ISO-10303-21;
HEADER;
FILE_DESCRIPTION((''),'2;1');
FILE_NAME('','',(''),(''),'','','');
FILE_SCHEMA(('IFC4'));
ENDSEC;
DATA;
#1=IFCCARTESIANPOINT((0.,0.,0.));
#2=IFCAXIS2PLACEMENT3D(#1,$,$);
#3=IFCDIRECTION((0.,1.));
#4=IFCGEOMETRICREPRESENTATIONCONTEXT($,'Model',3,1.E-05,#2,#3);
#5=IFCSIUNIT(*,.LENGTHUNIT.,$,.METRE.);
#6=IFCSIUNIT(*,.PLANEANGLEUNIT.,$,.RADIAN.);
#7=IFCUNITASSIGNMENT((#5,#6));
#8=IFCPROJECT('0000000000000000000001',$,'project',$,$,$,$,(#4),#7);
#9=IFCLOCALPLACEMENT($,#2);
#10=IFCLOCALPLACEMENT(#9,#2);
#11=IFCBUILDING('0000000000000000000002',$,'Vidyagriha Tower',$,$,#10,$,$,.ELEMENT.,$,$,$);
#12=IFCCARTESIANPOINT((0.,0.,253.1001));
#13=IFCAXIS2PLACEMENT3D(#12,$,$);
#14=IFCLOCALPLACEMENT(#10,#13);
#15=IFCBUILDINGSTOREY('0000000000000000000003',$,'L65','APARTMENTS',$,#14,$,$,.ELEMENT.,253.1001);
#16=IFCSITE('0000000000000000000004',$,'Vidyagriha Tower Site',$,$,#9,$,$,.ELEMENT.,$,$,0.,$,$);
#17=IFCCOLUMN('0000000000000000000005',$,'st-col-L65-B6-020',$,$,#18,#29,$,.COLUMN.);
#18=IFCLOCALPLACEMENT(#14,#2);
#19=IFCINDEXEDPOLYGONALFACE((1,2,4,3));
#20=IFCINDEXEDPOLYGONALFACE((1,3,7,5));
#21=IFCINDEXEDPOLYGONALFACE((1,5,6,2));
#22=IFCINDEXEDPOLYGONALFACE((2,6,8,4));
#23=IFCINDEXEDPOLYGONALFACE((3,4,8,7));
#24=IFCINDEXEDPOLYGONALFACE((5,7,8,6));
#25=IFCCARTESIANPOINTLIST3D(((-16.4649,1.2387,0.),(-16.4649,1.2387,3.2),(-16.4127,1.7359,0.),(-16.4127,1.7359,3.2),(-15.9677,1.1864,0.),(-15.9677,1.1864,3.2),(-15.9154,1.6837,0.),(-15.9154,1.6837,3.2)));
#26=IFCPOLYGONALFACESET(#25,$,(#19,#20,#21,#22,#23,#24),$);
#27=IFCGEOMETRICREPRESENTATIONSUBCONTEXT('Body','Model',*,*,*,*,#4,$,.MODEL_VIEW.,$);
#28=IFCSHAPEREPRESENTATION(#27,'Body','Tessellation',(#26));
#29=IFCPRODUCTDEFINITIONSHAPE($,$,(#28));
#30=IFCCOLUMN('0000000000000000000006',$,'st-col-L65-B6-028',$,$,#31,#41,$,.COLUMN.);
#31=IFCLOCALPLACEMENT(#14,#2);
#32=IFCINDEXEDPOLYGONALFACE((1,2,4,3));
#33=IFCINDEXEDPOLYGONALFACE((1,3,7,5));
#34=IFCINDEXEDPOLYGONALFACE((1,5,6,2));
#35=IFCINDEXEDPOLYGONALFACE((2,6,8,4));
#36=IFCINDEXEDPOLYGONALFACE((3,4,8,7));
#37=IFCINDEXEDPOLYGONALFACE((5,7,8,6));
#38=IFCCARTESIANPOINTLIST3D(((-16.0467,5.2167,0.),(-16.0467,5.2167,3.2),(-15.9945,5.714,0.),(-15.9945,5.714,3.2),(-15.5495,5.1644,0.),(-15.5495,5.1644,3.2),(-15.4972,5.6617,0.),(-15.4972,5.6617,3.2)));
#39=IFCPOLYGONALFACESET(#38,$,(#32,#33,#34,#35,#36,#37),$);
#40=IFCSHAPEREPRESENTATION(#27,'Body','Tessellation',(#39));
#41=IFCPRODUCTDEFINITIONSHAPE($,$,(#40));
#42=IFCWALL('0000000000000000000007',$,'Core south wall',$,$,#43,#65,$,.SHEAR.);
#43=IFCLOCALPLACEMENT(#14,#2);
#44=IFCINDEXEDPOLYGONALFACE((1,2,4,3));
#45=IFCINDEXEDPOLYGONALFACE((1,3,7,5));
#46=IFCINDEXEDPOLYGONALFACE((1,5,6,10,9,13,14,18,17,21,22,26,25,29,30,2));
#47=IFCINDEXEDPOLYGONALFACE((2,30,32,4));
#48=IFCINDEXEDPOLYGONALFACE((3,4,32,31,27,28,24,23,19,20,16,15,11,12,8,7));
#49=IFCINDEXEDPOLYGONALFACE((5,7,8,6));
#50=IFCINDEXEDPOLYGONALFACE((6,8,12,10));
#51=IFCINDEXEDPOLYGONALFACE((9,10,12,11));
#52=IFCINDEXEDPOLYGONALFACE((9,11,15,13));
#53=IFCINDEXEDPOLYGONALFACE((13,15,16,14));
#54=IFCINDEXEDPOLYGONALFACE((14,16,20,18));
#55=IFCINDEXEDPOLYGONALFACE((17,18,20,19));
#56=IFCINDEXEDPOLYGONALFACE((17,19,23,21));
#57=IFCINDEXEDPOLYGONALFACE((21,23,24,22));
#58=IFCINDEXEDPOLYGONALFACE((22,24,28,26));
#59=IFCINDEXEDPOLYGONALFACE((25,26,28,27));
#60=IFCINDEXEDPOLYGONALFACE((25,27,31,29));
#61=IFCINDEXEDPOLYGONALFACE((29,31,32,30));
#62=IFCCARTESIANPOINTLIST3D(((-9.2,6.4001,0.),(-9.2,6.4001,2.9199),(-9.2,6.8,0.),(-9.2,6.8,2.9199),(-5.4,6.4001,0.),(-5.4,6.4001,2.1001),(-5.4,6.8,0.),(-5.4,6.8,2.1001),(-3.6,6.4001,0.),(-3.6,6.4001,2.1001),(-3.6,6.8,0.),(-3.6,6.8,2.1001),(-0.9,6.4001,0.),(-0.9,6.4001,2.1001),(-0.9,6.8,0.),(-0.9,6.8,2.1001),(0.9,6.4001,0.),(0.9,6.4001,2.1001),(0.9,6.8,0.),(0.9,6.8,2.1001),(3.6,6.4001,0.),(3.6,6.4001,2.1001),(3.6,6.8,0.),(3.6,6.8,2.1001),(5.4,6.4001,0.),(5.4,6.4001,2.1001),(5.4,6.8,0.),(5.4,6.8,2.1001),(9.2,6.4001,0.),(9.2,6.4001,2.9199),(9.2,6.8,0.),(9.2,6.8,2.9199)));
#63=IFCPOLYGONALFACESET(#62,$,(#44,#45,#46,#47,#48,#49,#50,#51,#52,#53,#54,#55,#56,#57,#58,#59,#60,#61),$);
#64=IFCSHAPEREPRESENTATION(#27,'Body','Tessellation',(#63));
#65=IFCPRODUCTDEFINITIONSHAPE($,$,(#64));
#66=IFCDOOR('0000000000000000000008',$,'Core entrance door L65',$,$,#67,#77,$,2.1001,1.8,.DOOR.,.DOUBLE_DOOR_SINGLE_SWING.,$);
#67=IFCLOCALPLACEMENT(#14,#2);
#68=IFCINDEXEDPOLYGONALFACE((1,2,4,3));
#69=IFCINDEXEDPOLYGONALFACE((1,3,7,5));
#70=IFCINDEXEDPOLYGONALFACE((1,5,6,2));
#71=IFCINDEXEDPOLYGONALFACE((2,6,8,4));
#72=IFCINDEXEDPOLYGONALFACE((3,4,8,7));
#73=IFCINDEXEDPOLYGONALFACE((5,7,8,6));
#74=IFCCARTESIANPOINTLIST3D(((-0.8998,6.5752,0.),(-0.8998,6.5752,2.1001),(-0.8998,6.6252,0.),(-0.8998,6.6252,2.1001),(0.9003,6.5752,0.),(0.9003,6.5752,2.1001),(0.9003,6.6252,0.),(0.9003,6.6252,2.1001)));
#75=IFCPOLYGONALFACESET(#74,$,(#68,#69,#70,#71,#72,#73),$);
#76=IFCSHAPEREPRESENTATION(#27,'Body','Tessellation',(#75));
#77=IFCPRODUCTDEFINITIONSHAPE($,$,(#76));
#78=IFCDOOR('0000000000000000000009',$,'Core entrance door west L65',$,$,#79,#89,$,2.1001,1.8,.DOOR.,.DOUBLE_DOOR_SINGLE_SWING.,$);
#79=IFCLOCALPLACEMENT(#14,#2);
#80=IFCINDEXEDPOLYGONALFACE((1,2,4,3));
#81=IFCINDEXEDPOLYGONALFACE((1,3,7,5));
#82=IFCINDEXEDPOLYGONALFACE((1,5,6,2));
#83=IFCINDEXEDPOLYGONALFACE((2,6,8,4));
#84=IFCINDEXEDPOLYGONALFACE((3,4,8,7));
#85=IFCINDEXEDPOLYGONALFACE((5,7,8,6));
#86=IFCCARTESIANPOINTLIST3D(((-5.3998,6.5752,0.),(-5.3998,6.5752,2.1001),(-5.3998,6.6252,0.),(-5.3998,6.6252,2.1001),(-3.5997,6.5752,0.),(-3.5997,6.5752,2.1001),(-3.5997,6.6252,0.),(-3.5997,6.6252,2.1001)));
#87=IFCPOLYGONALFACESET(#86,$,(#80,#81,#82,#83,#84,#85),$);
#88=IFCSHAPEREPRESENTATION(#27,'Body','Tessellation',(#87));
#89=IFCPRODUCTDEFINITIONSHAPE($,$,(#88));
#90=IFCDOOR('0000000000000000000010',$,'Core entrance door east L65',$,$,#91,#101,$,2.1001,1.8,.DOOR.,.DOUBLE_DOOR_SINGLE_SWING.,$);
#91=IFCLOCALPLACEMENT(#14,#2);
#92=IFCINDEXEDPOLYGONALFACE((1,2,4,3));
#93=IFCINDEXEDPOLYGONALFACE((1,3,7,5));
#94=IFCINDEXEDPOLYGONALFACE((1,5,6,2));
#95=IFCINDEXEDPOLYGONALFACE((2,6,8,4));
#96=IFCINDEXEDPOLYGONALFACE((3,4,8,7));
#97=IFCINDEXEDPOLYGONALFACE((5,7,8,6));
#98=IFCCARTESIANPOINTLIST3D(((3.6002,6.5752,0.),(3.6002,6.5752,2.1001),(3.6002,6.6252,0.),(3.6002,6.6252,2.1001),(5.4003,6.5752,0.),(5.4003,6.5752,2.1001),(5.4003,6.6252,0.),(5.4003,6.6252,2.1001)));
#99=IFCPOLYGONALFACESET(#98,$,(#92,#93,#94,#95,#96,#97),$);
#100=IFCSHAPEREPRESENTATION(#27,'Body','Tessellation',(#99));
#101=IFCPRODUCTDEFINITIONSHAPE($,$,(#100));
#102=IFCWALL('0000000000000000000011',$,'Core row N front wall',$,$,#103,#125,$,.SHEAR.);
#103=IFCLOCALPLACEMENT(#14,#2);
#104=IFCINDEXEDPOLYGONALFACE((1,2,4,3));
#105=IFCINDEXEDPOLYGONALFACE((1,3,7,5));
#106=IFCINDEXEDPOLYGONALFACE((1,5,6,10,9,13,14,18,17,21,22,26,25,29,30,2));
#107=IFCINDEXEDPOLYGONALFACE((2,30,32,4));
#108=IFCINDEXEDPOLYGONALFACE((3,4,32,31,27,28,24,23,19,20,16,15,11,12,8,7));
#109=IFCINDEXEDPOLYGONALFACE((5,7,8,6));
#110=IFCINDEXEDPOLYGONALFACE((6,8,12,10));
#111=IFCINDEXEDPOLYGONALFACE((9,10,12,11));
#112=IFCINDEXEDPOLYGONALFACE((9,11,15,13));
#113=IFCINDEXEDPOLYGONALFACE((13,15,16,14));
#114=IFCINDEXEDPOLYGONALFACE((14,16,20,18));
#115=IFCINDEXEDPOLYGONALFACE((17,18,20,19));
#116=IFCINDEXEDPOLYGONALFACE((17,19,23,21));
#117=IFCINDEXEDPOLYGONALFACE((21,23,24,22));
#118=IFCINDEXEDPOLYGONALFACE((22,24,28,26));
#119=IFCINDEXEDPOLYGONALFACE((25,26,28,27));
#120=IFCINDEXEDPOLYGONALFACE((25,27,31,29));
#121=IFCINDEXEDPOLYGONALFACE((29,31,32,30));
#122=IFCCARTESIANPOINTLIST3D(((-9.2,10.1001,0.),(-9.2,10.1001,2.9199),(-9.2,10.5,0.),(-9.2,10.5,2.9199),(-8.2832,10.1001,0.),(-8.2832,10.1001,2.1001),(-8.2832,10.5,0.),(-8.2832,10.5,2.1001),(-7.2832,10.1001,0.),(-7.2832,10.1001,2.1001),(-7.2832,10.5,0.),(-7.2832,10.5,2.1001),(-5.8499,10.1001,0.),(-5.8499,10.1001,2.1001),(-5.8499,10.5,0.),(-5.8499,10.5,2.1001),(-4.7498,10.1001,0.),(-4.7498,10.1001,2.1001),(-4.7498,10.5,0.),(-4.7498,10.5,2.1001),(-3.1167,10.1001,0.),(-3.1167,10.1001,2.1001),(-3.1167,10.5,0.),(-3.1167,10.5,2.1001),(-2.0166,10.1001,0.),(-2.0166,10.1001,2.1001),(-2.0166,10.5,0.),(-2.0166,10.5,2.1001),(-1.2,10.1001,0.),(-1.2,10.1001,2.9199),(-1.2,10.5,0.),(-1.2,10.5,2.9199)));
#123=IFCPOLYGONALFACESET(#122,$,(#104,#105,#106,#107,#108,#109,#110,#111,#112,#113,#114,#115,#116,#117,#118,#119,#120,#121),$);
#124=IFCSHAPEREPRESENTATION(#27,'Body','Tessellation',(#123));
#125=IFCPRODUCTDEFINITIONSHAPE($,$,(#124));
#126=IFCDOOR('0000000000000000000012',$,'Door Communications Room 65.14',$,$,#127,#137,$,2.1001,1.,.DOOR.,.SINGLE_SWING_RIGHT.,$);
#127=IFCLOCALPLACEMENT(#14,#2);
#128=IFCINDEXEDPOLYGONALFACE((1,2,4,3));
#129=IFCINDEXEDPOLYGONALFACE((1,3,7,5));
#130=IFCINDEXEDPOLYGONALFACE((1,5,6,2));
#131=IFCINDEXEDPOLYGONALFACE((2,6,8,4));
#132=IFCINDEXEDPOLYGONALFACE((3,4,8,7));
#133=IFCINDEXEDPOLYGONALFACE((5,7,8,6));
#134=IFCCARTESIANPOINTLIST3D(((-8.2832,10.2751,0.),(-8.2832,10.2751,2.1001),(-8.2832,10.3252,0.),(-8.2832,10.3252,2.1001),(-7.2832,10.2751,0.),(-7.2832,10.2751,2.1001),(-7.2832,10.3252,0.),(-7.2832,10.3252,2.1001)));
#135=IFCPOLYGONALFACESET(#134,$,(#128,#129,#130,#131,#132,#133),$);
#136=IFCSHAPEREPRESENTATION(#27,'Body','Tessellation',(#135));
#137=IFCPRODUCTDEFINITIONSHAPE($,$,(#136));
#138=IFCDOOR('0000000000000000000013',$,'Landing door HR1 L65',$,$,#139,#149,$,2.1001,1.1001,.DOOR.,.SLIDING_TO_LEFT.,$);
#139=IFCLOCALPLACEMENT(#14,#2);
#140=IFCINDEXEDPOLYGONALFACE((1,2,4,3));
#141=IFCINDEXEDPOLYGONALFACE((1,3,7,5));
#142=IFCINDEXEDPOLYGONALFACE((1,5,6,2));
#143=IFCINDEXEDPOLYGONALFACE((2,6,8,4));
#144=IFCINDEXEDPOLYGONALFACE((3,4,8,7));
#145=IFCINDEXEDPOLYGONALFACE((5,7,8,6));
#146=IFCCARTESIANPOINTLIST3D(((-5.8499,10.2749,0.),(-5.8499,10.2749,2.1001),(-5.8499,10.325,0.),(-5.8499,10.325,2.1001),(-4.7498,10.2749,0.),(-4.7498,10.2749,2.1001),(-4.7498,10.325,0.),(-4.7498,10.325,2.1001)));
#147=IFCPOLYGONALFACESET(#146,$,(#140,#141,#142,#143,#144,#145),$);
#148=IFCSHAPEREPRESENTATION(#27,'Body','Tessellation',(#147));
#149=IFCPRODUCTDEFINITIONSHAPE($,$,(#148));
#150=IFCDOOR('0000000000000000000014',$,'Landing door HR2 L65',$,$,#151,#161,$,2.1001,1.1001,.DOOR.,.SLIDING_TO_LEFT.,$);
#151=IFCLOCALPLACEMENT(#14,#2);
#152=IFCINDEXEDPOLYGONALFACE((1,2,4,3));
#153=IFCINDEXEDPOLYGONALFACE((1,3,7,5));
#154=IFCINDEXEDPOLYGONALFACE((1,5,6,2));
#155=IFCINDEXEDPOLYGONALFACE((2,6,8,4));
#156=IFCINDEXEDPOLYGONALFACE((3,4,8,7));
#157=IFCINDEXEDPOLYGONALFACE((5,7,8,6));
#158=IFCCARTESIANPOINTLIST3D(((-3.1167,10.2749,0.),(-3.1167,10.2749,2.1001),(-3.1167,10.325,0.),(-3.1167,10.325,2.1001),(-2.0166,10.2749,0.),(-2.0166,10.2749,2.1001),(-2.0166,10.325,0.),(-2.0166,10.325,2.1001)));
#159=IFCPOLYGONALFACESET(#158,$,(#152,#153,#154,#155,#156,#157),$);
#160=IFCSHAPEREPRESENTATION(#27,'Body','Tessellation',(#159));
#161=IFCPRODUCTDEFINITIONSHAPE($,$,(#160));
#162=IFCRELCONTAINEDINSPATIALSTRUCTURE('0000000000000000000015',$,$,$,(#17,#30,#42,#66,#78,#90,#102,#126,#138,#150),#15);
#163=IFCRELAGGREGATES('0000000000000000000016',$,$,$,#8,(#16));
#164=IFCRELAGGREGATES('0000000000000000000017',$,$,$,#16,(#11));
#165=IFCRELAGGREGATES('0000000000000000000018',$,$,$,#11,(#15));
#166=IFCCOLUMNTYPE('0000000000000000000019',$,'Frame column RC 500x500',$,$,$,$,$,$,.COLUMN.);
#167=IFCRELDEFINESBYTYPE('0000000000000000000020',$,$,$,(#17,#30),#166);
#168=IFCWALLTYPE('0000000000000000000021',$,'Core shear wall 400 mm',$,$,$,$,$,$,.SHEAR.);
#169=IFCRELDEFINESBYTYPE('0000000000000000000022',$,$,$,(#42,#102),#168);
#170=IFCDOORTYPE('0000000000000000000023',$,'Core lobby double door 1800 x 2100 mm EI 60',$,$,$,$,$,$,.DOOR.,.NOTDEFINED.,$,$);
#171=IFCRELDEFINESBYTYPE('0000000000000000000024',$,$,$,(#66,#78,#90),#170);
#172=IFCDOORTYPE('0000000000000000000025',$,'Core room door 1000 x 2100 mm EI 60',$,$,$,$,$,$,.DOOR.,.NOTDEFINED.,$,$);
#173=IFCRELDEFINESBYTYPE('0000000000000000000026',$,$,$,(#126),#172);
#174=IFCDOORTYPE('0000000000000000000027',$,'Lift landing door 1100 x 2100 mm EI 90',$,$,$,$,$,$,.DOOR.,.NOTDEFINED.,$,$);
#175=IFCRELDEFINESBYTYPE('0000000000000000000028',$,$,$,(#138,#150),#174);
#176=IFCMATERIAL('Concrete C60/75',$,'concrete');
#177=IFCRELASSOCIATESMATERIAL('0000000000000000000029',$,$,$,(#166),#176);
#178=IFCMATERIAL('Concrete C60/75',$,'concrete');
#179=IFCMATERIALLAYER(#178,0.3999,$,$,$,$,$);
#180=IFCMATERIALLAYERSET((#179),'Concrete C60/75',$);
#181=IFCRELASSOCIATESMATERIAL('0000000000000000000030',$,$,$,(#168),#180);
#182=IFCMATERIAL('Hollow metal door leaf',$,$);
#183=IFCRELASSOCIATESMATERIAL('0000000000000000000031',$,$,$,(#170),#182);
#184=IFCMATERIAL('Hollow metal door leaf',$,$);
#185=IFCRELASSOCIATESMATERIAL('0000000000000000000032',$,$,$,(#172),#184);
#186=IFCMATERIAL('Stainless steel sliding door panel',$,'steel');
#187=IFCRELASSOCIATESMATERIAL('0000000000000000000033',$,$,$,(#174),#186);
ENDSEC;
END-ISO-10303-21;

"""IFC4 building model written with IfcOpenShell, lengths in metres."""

from ifc_helpers import new_model, si_unit, direction, frame, frame_2d, origin, origin_2d, place, context, subcontext, project, spatial, rectangle, extrude, material, layer, layer_set, material_profile, profile_set, type_object, element, fill, save


model = new_model("IFC4")

# Units and contexts
model_context = context("Model", 3, precision=1e-05, world=origin(), true_north=direction((0.0, 1.0)))
body_context = subcontext(model_context, "Body", "Model", "MODEL_VIEW")
ifc_project = project(units=[si_unit("LENGTHUNIT", "METRE"), si_unit("PLANEANGLEUNIT", "RADIAN")], contexts=[model_context])

# Site, building, storey
site_placement = place(None, origin())
site = spatial("IfcSite", under=ifc_project, at=site_placement, Name="Vidyagriha Tower Site", CompositionType="ELEMENT", RefElevation=0.0)
building_placement = place(site_placement, origin())
building = spatial("IfcBuilding", under=site, at=building_placement, Name="Vidyagriha Tower", CompositionType="ELEMENT")
storey_placement = place(building_placement, frame((0.0, 0.0, 253.1001)))
storey = spatial("IfcBuildingStorey", under=building, at=storey_placement, Name="L65", Description="APARTMENTS", CompositionType="ELEMENT", Elevation=253.1001)

# Columns
ifc_material_1 = material(Name="Concrete C60/75", Category="concrete")
ifc_material_profile = material_profile(ifc_material_1, rectangle(XDim=0.5, YDim=0.5, at=origin_2d()), Name="RC 500x500")
ifc_profile_set = profile_set([ifc_material_profile], Name="Concrete C60/75")
column_type = type_object("IfcColumnType", Name="Frame column RC 500x500", PredefinedType="COLUMN", material=ifc_profile_set)
for number, where, z_axis, x_axis, name in (
    (1, (-16.1902, 1.4612, 0.0), (0.0, 0.0, 1.0), (0.994522, -0.104528, 0.0), "st-col-L65-B6-020"),
    (2, (-15.772, 5.4392, 0.0), (0.0, 0.0, 1.0), (0.994522, -0.104528, 0.0), "st-col-L65-B6-028"),
):
    element("IfcColumn", number, at=place(storey_placement, frame(where, z_axis=z_axis, x_axis=x_axis)), inside=storey, type_object=column_type, Name=name, PredefinedType="COLUMN", context=body_context, shape_type="SweptSolid", body=[
        extrude(rectangle(XDim=0.5, YDim=0.5, at=origin_2d()), origin(), (0.0, 0.0, 1.0), 3.2),
    ])

# Walls, openings, doors
ifc_material_2 = material(Name="Concrete C60/75", Category="concrete")
ifc_layer_1 = layer(ifc_material_2, 0.3999)
ifc_layer_set_1 = layer_set([ifc_layer_1], Name="Concrete C60/75")
wall_type_1 = type_object("IfcWallType", Name="Core shear wall 400 mm", PredefinedType="SHEAR", material=ifc_layer_set_1)
wall_1_placement = place(storey_placement, frame((-9.2, 6.6001, 0.0)))
wall_1 = element("IfcWall", 3, at=wall_1_placement, inside=storey, type_object=wall_type_1, Name="Core south wall", PredefinedType="SHEAR", context=body_context, shape_type="SweptSolid", body=[
    extrude(rectangle(XDim=18.3999, YDim=0.3999, at=frame_2d((9.2, 0.0))), origin(), (0.0, 0.0, 1.0), 2.9199),
])
opening_1_placement = place(wall_1_placement, frame((8.3, 0.0, 0.0)))
opening_1 = element("IfcOpeningElement", 4, at=opening_1_placement, cuts=wall_1, PredefinedType="OPENING", context=body_context, shape_type="SweptSolid", body=[
    extrude(rectangle(XDim=1.8, YDim=2.1001, at=frame_2d((0.8999, 1.05))), frame((0.0, 0.21, 0.0), z_axis=(0.0, -1.0, 0.0), x_axis=(1.0, 0.0, 0.0)), (0.0, 0.0, 1.0), 0.4199),
])
opening_2_placement = place(wall_1_placement, frame((3.8, 0.0, 0.0)))
opening_2 = element("IfcOpeningElement", 5, at=opening_2_placement, cuts=wall_1, PredefinedType="OPENING", context=body_context, shape_type="SweptSolid", body=[
    extrude(rectangle(XDim=1.8, YDim=2.1001, at=frame_2d((0.8999, 1.05))), frame((0.0, 0.21, 0.0), z_axis=(0.0, -1.0, 0.0), x_axis=(1.0, 0.0, 0.0)), (0.0, 0.0, 1.0), 0.4199),
])
opening_3_placement = place(wall_1_placement, frame((12.8, 0.0, 0.0)))
opening_3 = element("IfcOpeningElement", 6, at=opening_3_placement, cuts=wall_1, PredefinedType="OPENING", context=body_context, shape_type="SweptSolid", body=[
    extrude(rectangle(XDim=1.8, YDim=2.1001, at=frame_2d((0.8999, 1.05))), frame((0.0, 0.21, 0.0), z_axis=(0.0, -1.0, 0.0), x_axis=(1.0, 0.0, 0.0)), (0.0, 0.0, 1.0), 0.4199),
])
ifc_material_3 = material(Name="Hollow metal door leaf")
door_type_1 = type_object("IfcDoorType", Name="Core lobby double door 1800 x 2100 mm EI 60", OperationType="NOTDEFINED", PredefinedType="DOOR", material=ifc_material_3)
door_1_placement = place(opening_1_placement, frame((1.8, 0.0, 0.0), z_axis=(0.0, 0.0, 1.0), x_axis=(-1.0, 0.0, 0.0)))
door_1 = element("IfcDoor", 7, at=door_1_placement, inside=storey, type_object=door_type_1, Name="Core entrance door L65", OperationType="DOUBLE_DOOR_SINGLE_SWING", OverallHeight=2.1001, OverallWidth=1.8, PredefinedType="DOOR", context=body_context, shape_type="SweptSolid", body=[
    extrude(rectangle(XDim=1.8, YDim=2.1001, at=frame_2d((0.8999, 1.05))), frame((0.0, 0.0249, 0.0), z_axis=(0.0, -1.0, 0.0), x_axis=(1.0, 0.0, 0.0)), (0.0, 0.0, 1.0), 0.05),
])
fill(opening_1, door_1)
door_2_placement = place(opening_2_placement, frame((1.8, 0.0, 0.0), z_axis=(0.0, 0.0, 1.0), x_axis=(-1.0, 0.0, 0.0)))
door_2 = element("IfcDoor", 8, at=door_2_placement, inside=storey, type_object=door_type_1, Name="Core entrance door west L65", OperationType="DOUBLE_DOOR_SINGLE_SWING", OverallHeight=2.1001, OverallWidth=1.8, PredefinedType="DOOR", context=body_context, shape_type="SweptSolid", body=[
    extrude(rectangle(XDim=1.8, YDim=2.1001, at=frame_2d((0.8999, 1.05))), frame((0.0, 0.0249, 0.0), z_axis=(0.0, -1.0, 0.0), x_axis=(1.0, 0.0, 0.0)), (0.0, 0.0, 1.0), 0.05),
])
fill(opening_2, door_2)
door_3_placement = place(opening_3_placement, frame((1.8, 0.0, 0.0), z_axis=(0.0, 0.0, 1.0), x_axis=(-1.0, 0.0, 0.0)))
door_3 = element("IfcDoor", 9, at=door_3_placement, inside=storey, type_object=door_type_1, Name="Core entrance door east L65", OperationType="DOUBLE_DOOR_SINGLE_SWING", OverallHeight=2.1001, OverallWidth=1.8, PredefinedType="DOOR", context=body_context, shape_type="SweptSolid", body=[
    extrude(rectangle(XDim=1.8, YDim=2.1001, at=frame_2d((0.8999, 1.05))), frame((0.0, 0.0249, 0.0), z_axis=(0.0, -1.0, 0.0), x_axis=(1.0, 0.0, 0.0)), (0.0, 0.0, 1.0), 0.05),
])
fill(opening_3, door_3)
wall_2_placement = place(storey_placement, frame((-9.2, 10.3, 0.0)))
wall_2 = element("IfcWall", 10, at=wall_2_placement, inside=storey, type_object=wall_type_1, Name="Core row N front wall", PredefinedType="SHEAR", context=body_context, shape_type="SweptSolid", body=[
    extrude(rectangle(XDim=8.0, YDim=0.3999, at=frame_2d((4.0, 0.0))), origin(), (0.0, 0.0, 1.0), 2.9199),
])
opening_4_placement = place(wall_2_placement, frame((3.3501, 0.0, 0.0)))
opening_4 = element("IfcOpeningElement", 11, at=opening_4_placement, cuts=wall_2, PredefinedType="OPENING", context=body_context, shape_type="SweptSolid", body=[
    extrude(rectangle(XDim=1.1001, YDim=2.1001, at=frame_2d((0.55, 1.05))), frame((0.0, 0.21, 0.0), z_axis=(0.0, -1.0, 0.0), x_axis=(1.0, 0.0, 0.0)), (0.0, 0.0, 1.0), 0.4199),
])
opening_5_placement = place(wall_2_placement, frame((6.0833, 0.0, 0.0)))
opening_5 = element("IfcOpeningElement", 12, at=opening_5_placement, cuts=wall_2, PredefinedType="OPENING", context=body_context, shape_type="SweptSolid", body=[
    extrude(rectangle(XDim=1.1001, YDim=2.1001, at=frame_2d((0.55, 1.05))), frame((0.0, 0.21, 0.0), z_axis=(0.0, -1.0, 0.0), x_axis=(1.0, 0.0, 0.0)), (0.0, 0.0, 1.0), 0.4199),
])
opening_6_placement = place(wall_2_placement, frame((0.9167, 0.0, 0.0)))
opening_6 = element("IfcOpeningElement", 13, at=opening_6_placement, cuts=wall_2, PredefinedType="OPENING", context=body_context, shape_type="SweptSolid", body=[
    extrude(rectangle(XDim=1.0, YDim=2.1001, at=frame_2d((0.5, 1.05))), frame((0.0, 0.21, 0.0), z_axis=(0.0, -1.0, 0.0), x_axis=(1.0, 0.0, 0.0)), (0.0, 0.0, 1.0), 0.4199),
])
ifc_material_4 = material(Name="Hollow metal door leaf")
door_type_2 = type_object("IfcDoorType", Name="Core room door 1000 x 2100 mm EI 60", OperationType="NOTDEFINED", PredefinedType="DOOR", material=ifc_material_4)
door_4_placement = place(opening_6_placement, frame((1.0, 0.0, 0.0), z_axis=(0.0, 0.0, 1.0), x_axis=(-1.0, 0.0, 0.0)))
door_4 = element("IfcDoor", 14, at=door_4_placement, inside=storey, type_object=door_type_2, Name="Door Communications Room 65.14", OperationType="SINGLE_SWING_RIGHT", OverallHeight=2.1001, OverallWidth=1.0, PredefinedType="DOOR", context=body_context, shape_type="SweptSolid", body=[
    extrude(rectangle(XDim=1.0, YDim=2.1001, at=frame_2d((0.5, 1.05))), frame((0.0, 0.0249, 0.0), z_axis=(0.0, -1.0, 0.0), x_axis=(1.0, 0.0, 0.0)), (0.0, 0.0, 1.0), 0.05),
])
fill(opening_6, door_4)
ifc_material_5 = material(Name="Stainless steel sliding door panel", Category="steel")
door_type_3 = type_object("IfcDoorType", Name="Lift landing door 1100 x 2100 mm EI 90", OperationType="NOTDEFINED", PredefinedType="DOOR", material=ifc_material_5)
door_5_placement = place(opening_4_placement, origin())
door_5 = element("IfcDoor", 15, at=door_5_placement, inside=storey, type_object=door_type_3, Name="Landing door HR1 L65", OperationType="SLIDING_TO_LEFT", OverallHeight=2.1001, OverallWidth=1.1001, PredefinedType="DOOR", context=body_context, shape_type="SweptSolid", body=[
    extrude(rectangle(XDim=1.1001, YDim=2.1001, at=frame_2d((0.55, 1.05))), frame((0.0, 0.0249, 0.0), z_axis=(0.0, -1.0, 0.0), x_axis=(1.0, 0.0, 0.0)), (0.0, 0.0, 1.0), 0.05),
])
fill(opening_4, door_5)
door_6_placement = place(opening_5_placement, origin())
door_6 = element("IfcDoor", 16, at=door_6_placement, inside=storey, type_object=door_type_3, Name="Landing door HR2 L65", OperationType="SLIDING_TO_LEFT", OverallHeight=2.1001, OverallWidth=1.1001, PredefinedType="DOOR", context=body_context, shape_type="SweptSolid", body=[
    extrude(rectangle(XDim=1.1001, YDim=2.1001, at=frame_2d((0.55, 1.05))), frame((0.0, 0.0249, 0.0), z_axis=(0.0, -1.0, 0.0), x_axis=(1.0, 0.0, 0.0)), (0.0, 0.0, 1.0), 0.05),
])
fill(opening_5, door_6)

save(model, "model.ifc")
